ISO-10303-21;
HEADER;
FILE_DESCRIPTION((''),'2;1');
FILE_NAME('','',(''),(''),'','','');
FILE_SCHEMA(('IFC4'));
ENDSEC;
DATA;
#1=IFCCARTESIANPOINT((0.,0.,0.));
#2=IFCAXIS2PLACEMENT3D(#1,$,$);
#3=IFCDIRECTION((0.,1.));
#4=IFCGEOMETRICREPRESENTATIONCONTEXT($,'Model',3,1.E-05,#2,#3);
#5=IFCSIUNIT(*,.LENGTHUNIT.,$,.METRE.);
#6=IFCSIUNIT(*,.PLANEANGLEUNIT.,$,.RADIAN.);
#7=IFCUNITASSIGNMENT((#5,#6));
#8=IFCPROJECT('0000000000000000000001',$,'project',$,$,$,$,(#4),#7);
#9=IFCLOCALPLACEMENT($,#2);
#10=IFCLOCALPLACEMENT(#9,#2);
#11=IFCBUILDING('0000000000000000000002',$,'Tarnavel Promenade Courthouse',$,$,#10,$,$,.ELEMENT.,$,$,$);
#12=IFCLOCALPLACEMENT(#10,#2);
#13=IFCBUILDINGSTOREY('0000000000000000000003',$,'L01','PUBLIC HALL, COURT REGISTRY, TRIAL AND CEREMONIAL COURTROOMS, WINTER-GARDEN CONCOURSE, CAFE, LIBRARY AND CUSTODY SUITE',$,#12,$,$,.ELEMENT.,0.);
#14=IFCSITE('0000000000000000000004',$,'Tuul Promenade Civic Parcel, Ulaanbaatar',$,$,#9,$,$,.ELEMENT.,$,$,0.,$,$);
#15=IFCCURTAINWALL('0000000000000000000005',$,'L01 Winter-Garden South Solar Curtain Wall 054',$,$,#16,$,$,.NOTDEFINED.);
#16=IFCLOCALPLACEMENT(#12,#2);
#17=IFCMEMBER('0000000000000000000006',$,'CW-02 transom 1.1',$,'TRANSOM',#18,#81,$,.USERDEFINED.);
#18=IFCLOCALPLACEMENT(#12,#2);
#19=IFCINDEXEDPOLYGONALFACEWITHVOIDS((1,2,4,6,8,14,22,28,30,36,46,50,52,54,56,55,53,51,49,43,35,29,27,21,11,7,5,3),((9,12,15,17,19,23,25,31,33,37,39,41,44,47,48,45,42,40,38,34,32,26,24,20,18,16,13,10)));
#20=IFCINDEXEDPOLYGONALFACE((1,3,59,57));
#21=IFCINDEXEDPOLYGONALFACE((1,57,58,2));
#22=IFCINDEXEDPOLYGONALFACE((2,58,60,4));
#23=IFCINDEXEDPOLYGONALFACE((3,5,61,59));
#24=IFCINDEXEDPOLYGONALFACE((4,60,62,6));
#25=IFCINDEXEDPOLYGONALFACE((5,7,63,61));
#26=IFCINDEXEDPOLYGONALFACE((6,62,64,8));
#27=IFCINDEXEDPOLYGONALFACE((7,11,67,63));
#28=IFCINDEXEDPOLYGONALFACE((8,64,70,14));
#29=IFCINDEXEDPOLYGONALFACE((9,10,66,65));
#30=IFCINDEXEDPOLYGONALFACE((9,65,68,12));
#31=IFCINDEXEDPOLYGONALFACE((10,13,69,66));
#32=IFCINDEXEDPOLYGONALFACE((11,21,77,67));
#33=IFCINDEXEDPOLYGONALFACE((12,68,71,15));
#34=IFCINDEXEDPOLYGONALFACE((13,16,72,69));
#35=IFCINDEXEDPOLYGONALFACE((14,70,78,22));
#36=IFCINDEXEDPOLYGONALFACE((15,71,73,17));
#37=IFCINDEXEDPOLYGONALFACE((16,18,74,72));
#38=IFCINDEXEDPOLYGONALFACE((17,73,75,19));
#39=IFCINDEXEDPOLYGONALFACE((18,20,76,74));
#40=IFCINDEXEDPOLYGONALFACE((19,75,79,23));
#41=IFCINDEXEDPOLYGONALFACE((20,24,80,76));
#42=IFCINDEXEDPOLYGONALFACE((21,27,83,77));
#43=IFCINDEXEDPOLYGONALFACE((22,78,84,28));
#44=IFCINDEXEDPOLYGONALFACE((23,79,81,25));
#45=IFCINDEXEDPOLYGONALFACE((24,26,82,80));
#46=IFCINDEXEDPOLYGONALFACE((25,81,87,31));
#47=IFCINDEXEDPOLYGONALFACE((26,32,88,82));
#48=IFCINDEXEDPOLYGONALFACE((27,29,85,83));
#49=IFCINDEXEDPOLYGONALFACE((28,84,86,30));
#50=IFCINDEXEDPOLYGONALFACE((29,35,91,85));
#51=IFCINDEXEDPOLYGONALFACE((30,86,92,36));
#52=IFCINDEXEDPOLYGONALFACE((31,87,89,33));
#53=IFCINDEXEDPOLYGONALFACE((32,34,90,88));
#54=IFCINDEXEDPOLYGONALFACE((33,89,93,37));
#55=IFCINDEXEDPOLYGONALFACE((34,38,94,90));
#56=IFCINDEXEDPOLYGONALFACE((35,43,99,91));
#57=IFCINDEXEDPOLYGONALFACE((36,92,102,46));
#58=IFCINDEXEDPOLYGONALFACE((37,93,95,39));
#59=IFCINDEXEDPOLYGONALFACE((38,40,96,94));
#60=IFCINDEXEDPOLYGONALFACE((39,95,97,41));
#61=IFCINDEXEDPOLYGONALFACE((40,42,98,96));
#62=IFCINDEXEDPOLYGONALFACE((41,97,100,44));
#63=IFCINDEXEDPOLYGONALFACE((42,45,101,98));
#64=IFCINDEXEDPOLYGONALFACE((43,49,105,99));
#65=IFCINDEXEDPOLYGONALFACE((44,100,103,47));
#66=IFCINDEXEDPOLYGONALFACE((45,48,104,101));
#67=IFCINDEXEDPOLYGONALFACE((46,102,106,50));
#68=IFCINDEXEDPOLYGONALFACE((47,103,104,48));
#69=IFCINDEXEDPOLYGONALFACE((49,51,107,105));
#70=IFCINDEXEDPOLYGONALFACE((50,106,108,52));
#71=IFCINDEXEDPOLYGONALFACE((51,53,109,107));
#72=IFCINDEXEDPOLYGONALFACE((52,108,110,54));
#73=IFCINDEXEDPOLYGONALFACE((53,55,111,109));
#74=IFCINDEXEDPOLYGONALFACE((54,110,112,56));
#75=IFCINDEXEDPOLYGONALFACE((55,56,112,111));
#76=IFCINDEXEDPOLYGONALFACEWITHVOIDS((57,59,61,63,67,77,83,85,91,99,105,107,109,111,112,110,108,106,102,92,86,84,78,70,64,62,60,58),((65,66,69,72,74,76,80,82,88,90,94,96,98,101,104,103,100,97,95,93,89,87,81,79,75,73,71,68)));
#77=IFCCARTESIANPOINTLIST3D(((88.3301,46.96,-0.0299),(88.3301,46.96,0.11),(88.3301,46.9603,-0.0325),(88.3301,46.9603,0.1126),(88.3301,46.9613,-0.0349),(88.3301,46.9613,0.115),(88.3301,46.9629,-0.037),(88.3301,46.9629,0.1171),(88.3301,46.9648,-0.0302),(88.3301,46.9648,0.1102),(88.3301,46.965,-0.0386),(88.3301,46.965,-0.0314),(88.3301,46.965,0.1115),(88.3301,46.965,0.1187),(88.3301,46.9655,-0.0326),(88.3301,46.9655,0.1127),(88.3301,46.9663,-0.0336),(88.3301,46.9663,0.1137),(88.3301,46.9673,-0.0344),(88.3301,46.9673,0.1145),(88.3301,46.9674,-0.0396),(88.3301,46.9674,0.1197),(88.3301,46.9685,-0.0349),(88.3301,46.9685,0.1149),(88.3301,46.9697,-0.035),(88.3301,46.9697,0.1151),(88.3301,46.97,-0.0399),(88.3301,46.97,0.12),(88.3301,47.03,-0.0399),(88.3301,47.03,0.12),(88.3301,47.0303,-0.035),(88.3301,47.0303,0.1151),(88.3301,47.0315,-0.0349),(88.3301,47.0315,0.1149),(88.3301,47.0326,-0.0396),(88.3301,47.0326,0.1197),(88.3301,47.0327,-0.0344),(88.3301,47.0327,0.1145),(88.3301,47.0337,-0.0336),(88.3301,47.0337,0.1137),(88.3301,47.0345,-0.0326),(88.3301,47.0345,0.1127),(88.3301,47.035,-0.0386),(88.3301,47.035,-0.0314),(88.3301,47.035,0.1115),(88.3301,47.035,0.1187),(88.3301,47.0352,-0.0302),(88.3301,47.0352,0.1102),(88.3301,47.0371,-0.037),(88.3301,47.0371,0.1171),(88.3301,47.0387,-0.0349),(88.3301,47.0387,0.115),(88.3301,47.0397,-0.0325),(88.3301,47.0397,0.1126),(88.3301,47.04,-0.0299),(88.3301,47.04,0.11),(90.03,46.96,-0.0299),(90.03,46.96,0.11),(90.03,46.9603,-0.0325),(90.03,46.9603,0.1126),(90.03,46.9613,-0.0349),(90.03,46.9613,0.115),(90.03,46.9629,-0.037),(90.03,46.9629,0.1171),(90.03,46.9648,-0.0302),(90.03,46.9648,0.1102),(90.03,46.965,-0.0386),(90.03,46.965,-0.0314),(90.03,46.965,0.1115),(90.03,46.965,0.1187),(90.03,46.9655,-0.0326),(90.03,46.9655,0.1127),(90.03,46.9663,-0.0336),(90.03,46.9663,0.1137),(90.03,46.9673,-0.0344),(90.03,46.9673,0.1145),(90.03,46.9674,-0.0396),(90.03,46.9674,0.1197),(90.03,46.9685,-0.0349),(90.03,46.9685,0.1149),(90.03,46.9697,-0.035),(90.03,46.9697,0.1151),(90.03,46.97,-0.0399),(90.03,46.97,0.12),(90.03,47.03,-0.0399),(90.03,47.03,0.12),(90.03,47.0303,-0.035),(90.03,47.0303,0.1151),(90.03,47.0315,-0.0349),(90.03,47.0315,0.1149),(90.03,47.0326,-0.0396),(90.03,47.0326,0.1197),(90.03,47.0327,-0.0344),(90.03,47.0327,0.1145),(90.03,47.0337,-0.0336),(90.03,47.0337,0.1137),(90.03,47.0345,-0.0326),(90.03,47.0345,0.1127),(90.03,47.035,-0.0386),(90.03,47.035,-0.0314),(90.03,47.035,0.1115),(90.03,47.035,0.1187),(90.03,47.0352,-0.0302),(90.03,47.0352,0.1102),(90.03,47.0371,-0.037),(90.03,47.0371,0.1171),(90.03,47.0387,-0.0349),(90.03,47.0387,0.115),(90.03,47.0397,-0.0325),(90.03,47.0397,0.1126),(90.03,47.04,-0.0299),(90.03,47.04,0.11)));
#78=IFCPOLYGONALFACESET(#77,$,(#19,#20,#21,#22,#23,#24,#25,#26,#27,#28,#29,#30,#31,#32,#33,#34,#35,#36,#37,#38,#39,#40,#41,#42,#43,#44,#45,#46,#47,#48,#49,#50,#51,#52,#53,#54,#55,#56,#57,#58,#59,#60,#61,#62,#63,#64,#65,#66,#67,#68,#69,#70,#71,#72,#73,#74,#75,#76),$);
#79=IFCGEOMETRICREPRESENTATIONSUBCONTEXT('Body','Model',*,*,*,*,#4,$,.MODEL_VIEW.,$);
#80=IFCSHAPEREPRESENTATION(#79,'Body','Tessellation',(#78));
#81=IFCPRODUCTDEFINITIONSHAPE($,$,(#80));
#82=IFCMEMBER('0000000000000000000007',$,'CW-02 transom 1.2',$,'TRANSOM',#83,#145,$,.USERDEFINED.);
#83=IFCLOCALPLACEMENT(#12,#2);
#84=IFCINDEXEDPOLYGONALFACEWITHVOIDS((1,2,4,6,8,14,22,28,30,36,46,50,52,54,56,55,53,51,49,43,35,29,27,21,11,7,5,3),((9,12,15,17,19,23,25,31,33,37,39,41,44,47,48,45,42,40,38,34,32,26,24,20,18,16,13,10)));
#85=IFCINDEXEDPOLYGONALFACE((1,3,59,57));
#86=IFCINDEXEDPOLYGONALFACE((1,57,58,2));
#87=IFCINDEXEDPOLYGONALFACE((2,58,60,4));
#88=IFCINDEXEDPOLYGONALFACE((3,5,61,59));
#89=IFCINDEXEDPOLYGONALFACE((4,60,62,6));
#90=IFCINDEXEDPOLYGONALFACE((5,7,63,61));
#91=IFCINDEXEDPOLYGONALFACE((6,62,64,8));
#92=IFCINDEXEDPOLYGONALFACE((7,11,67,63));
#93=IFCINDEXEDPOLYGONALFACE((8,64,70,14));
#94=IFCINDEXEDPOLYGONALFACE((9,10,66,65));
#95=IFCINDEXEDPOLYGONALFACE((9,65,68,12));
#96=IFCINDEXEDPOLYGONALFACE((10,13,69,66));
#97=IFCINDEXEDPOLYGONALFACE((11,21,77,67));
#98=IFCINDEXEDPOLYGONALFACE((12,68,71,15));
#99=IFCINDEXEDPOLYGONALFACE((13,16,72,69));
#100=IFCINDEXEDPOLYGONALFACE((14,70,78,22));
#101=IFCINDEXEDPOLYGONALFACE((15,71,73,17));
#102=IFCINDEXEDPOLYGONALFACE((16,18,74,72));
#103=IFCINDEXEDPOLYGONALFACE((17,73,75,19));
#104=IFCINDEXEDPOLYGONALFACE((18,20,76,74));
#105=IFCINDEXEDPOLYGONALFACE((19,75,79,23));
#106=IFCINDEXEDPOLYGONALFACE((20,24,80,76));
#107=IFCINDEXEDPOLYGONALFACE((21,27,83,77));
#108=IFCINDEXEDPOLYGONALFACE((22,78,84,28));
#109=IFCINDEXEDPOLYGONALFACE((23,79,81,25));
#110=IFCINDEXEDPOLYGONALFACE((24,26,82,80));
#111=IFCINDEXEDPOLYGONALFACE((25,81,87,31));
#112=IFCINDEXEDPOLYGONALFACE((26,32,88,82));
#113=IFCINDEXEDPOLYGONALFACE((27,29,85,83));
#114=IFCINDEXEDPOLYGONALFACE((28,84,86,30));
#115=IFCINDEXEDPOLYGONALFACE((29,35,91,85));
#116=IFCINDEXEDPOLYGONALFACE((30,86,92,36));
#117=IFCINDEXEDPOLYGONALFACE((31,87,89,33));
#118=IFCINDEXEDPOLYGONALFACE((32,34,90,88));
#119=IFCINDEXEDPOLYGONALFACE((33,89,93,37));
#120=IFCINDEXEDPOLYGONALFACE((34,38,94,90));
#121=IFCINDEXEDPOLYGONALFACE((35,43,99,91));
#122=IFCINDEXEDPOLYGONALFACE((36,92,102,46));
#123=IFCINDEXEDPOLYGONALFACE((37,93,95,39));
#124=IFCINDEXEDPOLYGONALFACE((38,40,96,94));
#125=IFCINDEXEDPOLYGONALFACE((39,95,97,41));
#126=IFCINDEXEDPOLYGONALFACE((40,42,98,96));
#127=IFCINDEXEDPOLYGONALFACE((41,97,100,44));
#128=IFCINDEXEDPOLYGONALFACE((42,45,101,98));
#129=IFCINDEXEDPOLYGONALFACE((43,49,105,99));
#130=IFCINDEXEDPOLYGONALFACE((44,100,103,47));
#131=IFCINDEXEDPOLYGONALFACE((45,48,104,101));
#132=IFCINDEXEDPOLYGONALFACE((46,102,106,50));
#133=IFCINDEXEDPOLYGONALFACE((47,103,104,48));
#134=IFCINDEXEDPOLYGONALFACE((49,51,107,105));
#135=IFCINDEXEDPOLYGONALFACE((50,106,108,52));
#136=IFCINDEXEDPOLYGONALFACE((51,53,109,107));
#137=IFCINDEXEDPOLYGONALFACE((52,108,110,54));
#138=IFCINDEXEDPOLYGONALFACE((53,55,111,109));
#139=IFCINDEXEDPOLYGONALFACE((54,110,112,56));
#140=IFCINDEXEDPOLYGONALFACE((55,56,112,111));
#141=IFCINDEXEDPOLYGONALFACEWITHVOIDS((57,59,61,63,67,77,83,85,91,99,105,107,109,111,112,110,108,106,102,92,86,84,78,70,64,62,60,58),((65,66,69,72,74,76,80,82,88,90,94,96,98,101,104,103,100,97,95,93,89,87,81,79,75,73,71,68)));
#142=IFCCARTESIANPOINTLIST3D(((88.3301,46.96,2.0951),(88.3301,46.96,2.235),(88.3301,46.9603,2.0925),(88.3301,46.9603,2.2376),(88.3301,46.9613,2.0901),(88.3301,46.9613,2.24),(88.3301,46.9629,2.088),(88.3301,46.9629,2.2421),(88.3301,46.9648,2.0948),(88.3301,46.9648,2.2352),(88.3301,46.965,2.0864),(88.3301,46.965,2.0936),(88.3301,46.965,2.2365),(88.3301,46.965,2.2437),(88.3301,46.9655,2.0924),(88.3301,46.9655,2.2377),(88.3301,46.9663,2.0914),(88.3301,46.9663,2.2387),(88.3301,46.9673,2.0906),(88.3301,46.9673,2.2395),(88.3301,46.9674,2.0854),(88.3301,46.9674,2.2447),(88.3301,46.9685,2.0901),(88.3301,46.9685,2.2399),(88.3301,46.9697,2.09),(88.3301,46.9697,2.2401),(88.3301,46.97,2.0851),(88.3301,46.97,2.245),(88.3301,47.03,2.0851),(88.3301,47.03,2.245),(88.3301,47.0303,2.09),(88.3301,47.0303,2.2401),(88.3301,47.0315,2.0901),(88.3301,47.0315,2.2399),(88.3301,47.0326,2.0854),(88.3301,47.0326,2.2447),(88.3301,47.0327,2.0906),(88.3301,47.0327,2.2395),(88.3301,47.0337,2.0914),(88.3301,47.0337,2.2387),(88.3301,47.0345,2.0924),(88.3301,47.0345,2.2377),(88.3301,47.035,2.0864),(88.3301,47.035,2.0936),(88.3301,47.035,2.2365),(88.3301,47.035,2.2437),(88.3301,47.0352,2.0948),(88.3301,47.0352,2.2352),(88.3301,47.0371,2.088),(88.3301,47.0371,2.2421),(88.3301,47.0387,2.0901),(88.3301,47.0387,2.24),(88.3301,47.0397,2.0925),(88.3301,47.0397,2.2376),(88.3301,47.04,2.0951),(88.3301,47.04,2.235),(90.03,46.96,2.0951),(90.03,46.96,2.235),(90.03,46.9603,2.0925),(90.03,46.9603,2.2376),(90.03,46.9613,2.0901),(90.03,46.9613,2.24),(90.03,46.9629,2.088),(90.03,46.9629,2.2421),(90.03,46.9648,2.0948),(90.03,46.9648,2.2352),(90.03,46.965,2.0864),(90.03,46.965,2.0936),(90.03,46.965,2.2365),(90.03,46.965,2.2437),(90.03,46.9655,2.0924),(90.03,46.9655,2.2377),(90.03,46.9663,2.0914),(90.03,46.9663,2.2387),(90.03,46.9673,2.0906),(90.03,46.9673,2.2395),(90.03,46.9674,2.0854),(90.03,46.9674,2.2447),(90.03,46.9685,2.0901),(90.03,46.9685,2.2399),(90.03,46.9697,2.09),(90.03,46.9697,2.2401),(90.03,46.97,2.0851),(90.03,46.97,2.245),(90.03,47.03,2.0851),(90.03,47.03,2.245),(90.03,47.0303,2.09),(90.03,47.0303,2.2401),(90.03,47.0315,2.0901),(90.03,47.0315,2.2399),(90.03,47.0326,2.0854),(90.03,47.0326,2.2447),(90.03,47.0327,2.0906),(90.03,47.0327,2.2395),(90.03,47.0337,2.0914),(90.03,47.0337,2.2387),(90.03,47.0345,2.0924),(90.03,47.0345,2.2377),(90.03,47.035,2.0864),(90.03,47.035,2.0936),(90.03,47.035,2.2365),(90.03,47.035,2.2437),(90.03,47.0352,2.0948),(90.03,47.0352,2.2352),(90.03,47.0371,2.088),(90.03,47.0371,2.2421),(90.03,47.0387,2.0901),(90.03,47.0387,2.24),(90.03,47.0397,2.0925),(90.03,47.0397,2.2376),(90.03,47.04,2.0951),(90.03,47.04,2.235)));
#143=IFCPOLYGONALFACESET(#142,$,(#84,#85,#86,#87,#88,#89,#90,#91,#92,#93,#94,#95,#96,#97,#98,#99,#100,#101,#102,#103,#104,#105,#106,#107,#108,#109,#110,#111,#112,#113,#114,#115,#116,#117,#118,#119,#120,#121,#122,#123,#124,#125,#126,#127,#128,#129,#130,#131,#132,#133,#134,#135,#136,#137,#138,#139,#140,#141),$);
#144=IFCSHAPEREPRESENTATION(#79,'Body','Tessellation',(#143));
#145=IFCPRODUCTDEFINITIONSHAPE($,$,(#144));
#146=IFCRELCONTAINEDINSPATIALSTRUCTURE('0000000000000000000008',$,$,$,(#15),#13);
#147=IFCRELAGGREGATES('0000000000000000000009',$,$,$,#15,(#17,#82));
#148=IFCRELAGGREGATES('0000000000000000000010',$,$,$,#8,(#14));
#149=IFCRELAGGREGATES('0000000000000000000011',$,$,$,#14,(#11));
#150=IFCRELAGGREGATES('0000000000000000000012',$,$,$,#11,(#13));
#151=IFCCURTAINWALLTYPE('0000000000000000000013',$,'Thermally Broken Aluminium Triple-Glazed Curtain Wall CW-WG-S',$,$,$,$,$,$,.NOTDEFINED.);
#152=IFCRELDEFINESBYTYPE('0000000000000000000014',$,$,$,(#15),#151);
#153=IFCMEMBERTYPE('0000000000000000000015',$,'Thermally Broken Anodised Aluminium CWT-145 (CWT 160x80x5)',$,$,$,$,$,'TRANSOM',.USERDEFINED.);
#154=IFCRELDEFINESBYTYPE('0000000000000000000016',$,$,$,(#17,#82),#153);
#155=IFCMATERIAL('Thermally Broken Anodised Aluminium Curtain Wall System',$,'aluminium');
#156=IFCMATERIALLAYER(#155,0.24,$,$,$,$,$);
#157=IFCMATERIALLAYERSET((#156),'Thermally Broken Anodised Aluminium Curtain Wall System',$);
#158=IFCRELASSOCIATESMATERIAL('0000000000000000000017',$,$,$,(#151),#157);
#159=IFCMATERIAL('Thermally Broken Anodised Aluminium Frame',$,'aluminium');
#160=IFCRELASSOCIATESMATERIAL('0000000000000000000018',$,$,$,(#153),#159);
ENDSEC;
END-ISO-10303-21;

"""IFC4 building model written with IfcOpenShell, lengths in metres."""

from ifc_helpers import new_model, si_unit, direction, frame, origin, origin_2d, place, context, subcontext, project, spatial, hollow_rectangle, extrude, material, layer, layer_set, material_profile, profile_set, type_object, element, aggregate, save


model = new_model("IFC4")

# Units and contexts
model_context = context("Model", 3, precision=1e-05, world=origin(), true_north=direction((0.0, 1.0)))
body_context = subcontext(model_context, "Body", "Model", "MODEL_VIEW")
ifc_project = project(units=[si_unit("LENGTHUNIT", "METRE"), si_unit("PLANEANGLEUNIT", "RADIAN")], contexts=[model_context])

# Site, building, storey
site_placement = place(None, origin())
site = spatial("IfcSite", under=ifc_project, at=site_placement, Name="Tuul Promenade Civic Parcel, Ulaanbaatar", CompositionType="ELEMENT", RefElevation=0.0)
building_placement = place(site_placement, origin())
building = spatial("IfcBuilding", under=site, at=building_placement, Name="Tarnavel Promenade Courthouse", CompositionType="ELEMENT")
storey_placement = place(building_placement, origin())
storey = spatial("IfcBuildingStorey", under=building, at=storey_placement, Name="L01", Description="PUBLIC HALL, COURT REGISTRY, TRIAL AND CEREMONIAL COURTROOMS, WINTER-GARDEN CONCOURSE, CAFE, LIBRARY AND CUSTODY SUITE", CompositionType="ELEMENT", Elevation=0.0)

# Curtain wall
ifc_material_1 = material(Name="Thermally Broken Anodised Aluminium Curtain Wall System", Category="aluminium")
ifc_layer_1 = layer(ifc_material_1, 0.24)
ifc_layer_set_1 = layer_set([ifc_layer_1], Name="Thermally Broken Anodised Aluminium Curtain Wall System")
curtain_wall_type = type_object("IfcCurtainWallType", Name="Thermally Broken Aluminium Triple-Glazed Curtain Wall CW-WG-S", PredefinedType="NOTDEFINED", material=ifc_layer_set_1)
ifc_material_2 = material(Name="Thermally Broken Anodised Aluminium Frame", Category="aluminium")
curtain_wall_1_placement = place(storey_placement, origin())
curtain_wall_1 = element("IfcCurtainWall", 1, at=curtain_wall_1_placement, inside=storey, type_object=curtain_wall_type, Name="L01 Winter-Garden South Solar Curtain Wall 054", PredefinedType="NOTDEFINED")

# Members
ifc_material_profile_1 = material_profile(ifc_material_2, hollow_rectangle(XDim=0.0801, YDim=0.1599, WallThickness=0.0049, InnerFilletRadius=0.0049, OuterFilletRadius=0.01, at=origin_2d()), Name="CWT 160x80x5")
ifc_profile_set_1 = profile_set([ifc_material_profile_1], Name="Thermally Broken Anodised Aluminium Frame")
member_type_1 = type_object("IfcMemberType", Name="Thermally Broken Anodised Aluminium CWT-145 (CWT 160x80x5)", ElementType="TRANSOM", PredefinedType="USERDEFINED", material=ifc_profile_set_1)
member_1_placement = place(storey_placement, frame((88.3301, 47.0, 0.04), z_axis=(1.0, 0.0, 0.0), x_axis=(0.0, 1.0, 0.0)))
member_1 = element("IfcMember", 2, at=member_1_placement, type_object=member_type_1, Name="CW-02 transom 1.1", ObjectType="TRANSOM", PredefinedType="USERDEFINED", context=body_context, shape_type="SweptSolid", body=[
    extrude(hollow_rectangle(XDim=0.0801, YDim=0.1599, WallThickness=0.0049, InnerFilletRadius=0.0049, OuterFilletRadius=0.01, at=origin_2d()), origin(), (0.0, 0.0, 1.0), 1.7),
])
member_2_placement = place(storey_placement, frame((88.3301, 47.0, 2.165), z_axis=(1.0, 0.0, 0.0), x_axis=(0.0, 1.0, 0.0)))
member_2 = element("IfcMember", 3, at=member_2_placement, type_object=member_type_1, Name="CW-02 transom 1.2", ObjectType="TRANSOM", PredefinedType="USERDEFINED", context=body_context, shape_type="SweptSolid", body=[
    extrude(hollow_rectangle(XDim=0.0801, YDim=0.1599, WallThickness=0.0049, InnerFilletRadius=0.0049, OuterFilletRadius=0.01, at=origin_2d()), origin(), (0.0, 0.0, 1.0), 1.7),
])

aggregate(curtain_wall_1, [member_1, member_2])

save(model, "model.ifc")
